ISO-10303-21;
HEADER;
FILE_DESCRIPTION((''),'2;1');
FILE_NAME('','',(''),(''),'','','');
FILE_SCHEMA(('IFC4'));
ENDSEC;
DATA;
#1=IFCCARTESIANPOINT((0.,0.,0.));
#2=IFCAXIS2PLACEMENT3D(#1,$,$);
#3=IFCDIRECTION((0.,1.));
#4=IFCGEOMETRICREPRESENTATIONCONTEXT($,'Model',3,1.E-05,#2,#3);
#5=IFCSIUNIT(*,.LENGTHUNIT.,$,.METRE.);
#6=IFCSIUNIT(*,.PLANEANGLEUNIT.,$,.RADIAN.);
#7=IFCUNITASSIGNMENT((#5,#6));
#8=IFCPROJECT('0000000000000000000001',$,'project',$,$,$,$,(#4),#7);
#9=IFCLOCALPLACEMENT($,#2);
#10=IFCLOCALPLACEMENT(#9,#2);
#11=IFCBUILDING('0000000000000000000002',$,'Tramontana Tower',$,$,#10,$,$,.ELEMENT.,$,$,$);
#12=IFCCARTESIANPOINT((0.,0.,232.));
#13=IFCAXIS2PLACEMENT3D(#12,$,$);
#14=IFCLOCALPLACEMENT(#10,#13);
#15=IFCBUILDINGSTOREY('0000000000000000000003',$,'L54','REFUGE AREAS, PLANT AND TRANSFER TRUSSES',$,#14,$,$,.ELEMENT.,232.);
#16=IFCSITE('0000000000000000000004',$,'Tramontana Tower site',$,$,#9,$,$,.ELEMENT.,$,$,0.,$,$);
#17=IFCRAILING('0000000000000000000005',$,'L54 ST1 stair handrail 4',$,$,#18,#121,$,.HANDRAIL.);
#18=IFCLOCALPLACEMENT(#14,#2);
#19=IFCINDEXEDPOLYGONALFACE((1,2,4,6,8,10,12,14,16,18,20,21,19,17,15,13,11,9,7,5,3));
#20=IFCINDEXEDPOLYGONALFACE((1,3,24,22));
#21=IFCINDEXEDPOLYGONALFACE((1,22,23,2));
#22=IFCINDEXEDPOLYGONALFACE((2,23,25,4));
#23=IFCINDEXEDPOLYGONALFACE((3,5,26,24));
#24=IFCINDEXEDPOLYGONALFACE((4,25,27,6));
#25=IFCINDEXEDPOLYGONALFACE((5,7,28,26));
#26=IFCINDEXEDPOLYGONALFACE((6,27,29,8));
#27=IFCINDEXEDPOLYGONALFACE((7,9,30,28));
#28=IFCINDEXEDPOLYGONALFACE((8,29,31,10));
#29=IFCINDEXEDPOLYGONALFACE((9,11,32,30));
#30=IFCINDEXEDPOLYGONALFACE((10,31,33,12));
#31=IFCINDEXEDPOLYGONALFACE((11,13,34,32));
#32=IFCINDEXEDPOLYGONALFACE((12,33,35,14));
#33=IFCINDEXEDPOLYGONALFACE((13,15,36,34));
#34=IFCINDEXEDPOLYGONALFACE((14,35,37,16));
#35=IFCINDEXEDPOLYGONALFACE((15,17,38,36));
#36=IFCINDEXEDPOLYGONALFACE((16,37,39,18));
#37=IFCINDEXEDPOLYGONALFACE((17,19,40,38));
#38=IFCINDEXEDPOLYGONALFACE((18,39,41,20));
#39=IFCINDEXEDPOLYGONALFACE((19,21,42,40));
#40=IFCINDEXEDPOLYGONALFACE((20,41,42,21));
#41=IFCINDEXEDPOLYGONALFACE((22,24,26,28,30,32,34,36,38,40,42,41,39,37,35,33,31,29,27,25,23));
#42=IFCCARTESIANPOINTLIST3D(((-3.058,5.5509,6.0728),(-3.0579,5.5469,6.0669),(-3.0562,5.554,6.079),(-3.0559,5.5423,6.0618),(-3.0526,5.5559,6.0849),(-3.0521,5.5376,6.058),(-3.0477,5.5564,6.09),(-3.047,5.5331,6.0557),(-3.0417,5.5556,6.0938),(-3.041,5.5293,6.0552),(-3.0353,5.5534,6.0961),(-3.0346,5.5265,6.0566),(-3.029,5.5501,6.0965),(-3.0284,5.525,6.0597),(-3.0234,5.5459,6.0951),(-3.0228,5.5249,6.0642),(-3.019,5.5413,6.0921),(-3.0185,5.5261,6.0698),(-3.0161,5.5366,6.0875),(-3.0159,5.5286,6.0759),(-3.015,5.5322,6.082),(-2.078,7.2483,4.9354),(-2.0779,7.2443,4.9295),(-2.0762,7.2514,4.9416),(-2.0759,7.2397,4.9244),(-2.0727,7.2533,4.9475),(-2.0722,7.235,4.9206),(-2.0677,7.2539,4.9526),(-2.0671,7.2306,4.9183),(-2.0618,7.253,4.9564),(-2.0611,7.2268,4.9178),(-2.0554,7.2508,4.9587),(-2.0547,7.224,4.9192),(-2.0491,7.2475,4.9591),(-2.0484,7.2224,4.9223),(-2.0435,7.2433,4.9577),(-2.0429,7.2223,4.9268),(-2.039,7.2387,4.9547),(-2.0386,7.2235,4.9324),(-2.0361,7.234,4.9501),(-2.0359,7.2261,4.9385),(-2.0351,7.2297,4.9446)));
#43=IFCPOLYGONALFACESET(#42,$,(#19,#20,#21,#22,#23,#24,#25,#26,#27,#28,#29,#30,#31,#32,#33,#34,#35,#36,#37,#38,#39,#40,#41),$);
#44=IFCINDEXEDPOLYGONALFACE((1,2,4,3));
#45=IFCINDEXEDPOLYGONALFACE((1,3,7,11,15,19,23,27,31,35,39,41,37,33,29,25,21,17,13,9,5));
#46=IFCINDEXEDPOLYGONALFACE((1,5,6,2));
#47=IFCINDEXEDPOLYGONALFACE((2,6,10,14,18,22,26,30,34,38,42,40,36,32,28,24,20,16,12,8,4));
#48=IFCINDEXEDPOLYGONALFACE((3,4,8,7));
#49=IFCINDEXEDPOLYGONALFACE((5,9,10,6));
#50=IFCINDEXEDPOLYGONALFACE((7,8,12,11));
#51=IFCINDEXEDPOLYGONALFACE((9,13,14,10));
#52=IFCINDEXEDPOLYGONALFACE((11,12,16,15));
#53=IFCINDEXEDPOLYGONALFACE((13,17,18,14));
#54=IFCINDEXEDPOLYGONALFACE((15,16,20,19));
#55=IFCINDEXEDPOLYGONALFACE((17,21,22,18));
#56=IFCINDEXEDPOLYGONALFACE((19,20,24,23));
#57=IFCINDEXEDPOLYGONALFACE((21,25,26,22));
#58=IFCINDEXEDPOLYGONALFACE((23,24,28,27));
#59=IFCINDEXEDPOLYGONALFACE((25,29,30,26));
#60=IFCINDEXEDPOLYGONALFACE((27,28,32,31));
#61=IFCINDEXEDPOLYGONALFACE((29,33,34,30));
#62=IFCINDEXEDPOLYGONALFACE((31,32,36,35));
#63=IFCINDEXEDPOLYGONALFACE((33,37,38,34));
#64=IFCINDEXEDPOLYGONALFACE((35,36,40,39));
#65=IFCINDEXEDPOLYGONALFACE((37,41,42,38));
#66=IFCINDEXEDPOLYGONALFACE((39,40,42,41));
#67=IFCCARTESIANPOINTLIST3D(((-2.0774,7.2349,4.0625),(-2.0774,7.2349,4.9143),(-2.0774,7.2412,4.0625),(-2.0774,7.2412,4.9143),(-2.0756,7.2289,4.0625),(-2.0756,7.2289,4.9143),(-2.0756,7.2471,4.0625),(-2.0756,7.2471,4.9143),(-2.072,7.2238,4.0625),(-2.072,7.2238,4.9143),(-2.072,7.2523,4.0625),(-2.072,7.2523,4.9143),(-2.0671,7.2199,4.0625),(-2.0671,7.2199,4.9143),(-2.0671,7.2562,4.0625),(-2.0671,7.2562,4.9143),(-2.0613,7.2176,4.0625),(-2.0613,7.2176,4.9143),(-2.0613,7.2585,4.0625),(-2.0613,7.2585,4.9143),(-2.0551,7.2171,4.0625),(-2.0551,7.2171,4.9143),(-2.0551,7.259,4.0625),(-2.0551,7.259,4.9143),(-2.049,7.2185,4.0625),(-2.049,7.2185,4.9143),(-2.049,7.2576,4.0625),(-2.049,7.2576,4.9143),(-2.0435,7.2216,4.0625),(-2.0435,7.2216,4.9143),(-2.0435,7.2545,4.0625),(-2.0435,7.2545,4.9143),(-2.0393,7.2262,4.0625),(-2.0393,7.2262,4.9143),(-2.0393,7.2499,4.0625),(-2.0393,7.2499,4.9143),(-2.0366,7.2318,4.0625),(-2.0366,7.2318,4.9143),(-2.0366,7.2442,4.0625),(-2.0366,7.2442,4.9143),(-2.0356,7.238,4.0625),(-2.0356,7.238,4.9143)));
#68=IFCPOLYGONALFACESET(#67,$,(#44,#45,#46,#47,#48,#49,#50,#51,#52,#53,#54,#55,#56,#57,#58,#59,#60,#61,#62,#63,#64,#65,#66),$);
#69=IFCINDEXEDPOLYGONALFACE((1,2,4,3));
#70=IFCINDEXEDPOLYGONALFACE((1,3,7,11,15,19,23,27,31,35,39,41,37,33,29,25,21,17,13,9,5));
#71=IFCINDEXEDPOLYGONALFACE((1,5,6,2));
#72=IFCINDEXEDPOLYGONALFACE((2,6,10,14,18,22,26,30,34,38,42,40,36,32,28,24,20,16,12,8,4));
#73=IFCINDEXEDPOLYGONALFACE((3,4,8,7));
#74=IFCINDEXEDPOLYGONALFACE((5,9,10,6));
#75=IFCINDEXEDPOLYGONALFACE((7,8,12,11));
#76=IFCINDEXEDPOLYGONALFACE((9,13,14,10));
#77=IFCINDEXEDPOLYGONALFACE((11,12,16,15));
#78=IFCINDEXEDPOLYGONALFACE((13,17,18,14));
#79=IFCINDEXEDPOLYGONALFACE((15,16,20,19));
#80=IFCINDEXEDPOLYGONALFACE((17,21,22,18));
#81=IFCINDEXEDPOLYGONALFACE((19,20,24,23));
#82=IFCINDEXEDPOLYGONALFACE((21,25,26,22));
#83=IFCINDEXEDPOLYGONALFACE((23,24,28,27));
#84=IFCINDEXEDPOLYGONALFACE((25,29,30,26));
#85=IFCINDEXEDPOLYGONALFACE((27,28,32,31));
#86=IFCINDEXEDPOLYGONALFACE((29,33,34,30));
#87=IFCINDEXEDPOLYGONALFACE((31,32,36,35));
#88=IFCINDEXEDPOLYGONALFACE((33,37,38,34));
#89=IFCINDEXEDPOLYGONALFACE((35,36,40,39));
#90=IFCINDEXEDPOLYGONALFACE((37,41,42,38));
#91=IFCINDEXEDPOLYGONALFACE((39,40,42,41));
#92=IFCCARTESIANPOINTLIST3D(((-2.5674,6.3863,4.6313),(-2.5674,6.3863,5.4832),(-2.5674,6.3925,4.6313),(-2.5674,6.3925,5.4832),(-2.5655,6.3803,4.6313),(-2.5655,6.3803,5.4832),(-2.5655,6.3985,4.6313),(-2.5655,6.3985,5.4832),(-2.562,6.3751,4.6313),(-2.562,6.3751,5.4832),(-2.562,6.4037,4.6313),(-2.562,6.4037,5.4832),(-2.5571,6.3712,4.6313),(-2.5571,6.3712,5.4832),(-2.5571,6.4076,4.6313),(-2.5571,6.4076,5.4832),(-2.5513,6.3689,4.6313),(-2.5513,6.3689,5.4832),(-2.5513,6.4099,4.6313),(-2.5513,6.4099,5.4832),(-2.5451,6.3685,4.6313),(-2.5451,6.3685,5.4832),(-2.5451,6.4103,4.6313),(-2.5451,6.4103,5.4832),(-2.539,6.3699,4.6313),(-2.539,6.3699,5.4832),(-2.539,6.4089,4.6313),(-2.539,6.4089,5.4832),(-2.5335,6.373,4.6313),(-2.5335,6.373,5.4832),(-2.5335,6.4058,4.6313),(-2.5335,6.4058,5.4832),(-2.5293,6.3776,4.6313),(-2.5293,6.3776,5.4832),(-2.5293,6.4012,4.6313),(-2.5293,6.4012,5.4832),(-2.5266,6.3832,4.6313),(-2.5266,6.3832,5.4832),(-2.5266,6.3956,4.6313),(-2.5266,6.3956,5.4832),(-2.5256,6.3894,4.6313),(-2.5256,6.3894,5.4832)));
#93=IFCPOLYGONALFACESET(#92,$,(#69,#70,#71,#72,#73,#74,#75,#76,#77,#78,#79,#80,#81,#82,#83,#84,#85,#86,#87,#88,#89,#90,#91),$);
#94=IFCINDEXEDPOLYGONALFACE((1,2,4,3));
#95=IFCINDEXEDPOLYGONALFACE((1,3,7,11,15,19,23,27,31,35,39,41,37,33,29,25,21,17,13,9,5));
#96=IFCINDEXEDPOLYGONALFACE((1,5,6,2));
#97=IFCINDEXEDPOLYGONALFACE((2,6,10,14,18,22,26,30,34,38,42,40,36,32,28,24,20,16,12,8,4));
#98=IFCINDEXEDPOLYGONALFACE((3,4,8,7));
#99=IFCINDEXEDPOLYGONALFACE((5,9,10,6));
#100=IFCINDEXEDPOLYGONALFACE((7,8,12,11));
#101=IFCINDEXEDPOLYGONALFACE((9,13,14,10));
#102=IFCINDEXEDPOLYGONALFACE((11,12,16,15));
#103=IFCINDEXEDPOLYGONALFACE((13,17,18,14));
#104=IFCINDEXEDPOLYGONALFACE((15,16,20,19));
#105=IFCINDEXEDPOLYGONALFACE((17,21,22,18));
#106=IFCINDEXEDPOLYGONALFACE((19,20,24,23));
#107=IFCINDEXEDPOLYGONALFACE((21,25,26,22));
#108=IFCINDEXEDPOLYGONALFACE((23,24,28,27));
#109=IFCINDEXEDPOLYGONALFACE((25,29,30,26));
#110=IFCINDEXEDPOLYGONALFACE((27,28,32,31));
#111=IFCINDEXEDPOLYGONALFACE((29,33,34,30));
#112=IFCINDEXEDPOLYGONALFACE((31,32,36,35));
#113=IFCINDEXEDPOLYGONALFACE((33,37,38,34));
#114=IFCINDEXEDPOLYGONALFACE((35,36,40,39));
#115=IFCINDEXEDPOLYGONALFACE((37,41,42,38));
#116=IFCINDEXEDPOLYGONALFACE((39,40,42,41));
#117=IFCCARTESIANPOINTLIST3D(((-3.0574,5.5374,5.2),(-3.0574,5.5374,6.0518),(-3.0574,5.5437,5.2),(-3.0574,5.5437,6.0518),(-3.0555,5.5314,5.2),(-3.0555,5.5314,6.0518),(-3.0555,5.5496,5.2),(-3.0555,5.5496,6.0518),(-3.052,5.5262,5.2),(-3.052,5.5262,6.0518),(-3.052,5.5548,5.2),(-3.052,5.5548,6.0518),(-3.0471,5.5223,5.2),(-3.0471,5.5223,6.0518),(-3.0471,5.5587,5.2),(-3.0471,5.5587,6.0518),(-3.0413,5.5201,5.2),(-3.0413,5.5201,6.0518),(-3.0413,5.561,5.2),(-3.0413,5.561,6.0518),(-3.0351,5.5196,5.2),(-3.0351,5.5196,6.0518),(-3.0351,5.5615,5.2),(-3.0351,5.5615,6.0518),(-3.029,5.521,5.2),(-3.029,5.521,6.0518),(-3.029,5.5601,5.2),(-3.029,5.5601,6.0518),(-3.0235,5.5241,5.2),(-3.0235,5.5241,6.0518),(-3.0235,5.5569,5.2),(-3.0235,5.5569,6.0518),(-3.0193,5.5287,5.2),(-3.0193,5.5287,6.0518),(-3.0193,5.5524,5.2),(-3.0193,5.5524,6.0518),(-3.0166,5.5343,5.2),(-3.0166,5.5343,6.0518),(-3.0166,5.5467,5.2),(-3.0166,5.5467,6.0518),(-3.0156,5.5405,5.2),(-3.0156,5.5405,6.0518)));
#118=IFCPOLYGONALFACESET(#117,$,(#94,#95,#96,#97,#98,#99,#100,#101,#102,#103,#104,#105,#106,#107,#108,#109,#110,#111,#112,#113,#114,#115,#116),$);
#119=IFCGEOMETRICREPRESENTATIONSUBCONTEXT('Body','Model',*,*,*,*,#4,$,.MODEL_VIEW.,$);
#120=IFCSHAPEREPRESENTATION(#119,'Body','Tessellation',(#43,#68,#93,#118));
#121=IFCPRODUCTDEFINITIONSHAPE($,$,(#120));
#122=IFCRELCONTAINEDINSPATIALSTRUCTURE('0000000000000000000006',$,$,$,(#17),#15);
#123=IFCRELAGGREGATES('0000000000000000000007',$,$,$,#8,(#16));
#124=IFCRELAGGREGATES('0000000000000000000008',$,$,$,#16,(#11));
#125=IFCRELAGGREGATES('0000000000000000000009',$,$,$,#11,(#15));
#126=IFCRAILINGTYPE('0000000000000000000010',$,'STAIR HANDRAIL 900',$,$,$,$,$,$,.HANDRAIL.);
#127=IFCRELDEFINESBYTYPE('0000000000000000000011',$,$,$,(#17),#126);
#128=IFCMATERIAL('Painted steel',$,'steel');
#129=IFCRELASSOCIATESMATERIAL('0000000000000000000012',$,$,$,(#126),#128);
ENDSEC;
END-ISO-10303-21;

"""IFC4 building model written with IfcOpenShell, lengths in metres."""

from ifc_helpers import new_model, si_unit, direction, frame, origin, origin_2d, place, context, subcontext, project, spatial, circle, extrude, material, type_object, element, save


model = new_model("IFC4")

# Units and contexts
model_context = context("Model", 3, precision=1e-05, world=origin(), true_north=direction((0.0, 1.0)))
body_context = subcontext(model_context, "Body", "Model", "MODEL_VIEW")
ifc_project = project(units=[si_unit("LENGTHUNIT", "METRE"), si_unit("PLANEANGLEUNIT", "RADIAN")], contexts=[model_context])

# Site, building, storey
site_placement = place(None, origin())
site = spatial("IfcSite", under=ifc_project, at=site_placement, Name="Tramontana Tower site", CompositionType="ELEMENT", RefElevation=0.0)
building_placement = place(site_placement, origin())
building = spatial("IfcBuilding", under=site, at=building_placement, Name="Tramontana Tower", CompositionType="ELEMENT")
storey_placement = place(building_placement, frame((0.0, 0.0, 232.0)))
storey = spatial("IfcBuildingStorey", under=building, at=storey_placement, Name="L54", Description="REFUGE AREAS, PLANT AND TRANSFER TRUSSES", CompositionType="ELEMENT", Elevation=232.0)

# Railing
ifc_material_1 = material(Name="Painted steel", Category="steel")
railing_type_1 = type_object("IfcRailingType", Name="STAIR HANDRAIL 900", PredefinedType="HANDRAIL", material=ifc_material_1)
railing_1_placement = place(storey_placement, frame((-2.0566, 7.238, 4.0625)))
element("IfcRailing", 1, at=railing_1_placement, inside=storey, type_object=railing_type_1, Name="L54 ST1 stair handrail 4", PredefinedType="HANDRAIL", context=body_context, shape_type="SweptSolid", body=[
    extrude(circle(Radius=0.0239, at=origin_2d()), frame((0.0, 0.0, 0.876), z_axis=(-0.432432, -0.749053, 0.501918), x_axis=(0.866042, -0.49997, 0.0)), (0.0, 0.0, 1.0), 2.2661),
    extrude(circle(Radius=0.021, at=origin_2d()), origin(), (0.0, 0.0, 1.0), 0.8518),
    extrude(circle(Radius=0.021, at=origin_2d()), frame((-0.49, -0.8486, 0.5688)), (0.0, 0.0, 1.0), 0.8518),
    extrude(circle(Radius=0.021, at=origin_2d()), frame((-0.98, -1.6975, 1.1375)), (0.0, 0.0, 1.0), 0.8518),
])

save(model, "model.ifc")
